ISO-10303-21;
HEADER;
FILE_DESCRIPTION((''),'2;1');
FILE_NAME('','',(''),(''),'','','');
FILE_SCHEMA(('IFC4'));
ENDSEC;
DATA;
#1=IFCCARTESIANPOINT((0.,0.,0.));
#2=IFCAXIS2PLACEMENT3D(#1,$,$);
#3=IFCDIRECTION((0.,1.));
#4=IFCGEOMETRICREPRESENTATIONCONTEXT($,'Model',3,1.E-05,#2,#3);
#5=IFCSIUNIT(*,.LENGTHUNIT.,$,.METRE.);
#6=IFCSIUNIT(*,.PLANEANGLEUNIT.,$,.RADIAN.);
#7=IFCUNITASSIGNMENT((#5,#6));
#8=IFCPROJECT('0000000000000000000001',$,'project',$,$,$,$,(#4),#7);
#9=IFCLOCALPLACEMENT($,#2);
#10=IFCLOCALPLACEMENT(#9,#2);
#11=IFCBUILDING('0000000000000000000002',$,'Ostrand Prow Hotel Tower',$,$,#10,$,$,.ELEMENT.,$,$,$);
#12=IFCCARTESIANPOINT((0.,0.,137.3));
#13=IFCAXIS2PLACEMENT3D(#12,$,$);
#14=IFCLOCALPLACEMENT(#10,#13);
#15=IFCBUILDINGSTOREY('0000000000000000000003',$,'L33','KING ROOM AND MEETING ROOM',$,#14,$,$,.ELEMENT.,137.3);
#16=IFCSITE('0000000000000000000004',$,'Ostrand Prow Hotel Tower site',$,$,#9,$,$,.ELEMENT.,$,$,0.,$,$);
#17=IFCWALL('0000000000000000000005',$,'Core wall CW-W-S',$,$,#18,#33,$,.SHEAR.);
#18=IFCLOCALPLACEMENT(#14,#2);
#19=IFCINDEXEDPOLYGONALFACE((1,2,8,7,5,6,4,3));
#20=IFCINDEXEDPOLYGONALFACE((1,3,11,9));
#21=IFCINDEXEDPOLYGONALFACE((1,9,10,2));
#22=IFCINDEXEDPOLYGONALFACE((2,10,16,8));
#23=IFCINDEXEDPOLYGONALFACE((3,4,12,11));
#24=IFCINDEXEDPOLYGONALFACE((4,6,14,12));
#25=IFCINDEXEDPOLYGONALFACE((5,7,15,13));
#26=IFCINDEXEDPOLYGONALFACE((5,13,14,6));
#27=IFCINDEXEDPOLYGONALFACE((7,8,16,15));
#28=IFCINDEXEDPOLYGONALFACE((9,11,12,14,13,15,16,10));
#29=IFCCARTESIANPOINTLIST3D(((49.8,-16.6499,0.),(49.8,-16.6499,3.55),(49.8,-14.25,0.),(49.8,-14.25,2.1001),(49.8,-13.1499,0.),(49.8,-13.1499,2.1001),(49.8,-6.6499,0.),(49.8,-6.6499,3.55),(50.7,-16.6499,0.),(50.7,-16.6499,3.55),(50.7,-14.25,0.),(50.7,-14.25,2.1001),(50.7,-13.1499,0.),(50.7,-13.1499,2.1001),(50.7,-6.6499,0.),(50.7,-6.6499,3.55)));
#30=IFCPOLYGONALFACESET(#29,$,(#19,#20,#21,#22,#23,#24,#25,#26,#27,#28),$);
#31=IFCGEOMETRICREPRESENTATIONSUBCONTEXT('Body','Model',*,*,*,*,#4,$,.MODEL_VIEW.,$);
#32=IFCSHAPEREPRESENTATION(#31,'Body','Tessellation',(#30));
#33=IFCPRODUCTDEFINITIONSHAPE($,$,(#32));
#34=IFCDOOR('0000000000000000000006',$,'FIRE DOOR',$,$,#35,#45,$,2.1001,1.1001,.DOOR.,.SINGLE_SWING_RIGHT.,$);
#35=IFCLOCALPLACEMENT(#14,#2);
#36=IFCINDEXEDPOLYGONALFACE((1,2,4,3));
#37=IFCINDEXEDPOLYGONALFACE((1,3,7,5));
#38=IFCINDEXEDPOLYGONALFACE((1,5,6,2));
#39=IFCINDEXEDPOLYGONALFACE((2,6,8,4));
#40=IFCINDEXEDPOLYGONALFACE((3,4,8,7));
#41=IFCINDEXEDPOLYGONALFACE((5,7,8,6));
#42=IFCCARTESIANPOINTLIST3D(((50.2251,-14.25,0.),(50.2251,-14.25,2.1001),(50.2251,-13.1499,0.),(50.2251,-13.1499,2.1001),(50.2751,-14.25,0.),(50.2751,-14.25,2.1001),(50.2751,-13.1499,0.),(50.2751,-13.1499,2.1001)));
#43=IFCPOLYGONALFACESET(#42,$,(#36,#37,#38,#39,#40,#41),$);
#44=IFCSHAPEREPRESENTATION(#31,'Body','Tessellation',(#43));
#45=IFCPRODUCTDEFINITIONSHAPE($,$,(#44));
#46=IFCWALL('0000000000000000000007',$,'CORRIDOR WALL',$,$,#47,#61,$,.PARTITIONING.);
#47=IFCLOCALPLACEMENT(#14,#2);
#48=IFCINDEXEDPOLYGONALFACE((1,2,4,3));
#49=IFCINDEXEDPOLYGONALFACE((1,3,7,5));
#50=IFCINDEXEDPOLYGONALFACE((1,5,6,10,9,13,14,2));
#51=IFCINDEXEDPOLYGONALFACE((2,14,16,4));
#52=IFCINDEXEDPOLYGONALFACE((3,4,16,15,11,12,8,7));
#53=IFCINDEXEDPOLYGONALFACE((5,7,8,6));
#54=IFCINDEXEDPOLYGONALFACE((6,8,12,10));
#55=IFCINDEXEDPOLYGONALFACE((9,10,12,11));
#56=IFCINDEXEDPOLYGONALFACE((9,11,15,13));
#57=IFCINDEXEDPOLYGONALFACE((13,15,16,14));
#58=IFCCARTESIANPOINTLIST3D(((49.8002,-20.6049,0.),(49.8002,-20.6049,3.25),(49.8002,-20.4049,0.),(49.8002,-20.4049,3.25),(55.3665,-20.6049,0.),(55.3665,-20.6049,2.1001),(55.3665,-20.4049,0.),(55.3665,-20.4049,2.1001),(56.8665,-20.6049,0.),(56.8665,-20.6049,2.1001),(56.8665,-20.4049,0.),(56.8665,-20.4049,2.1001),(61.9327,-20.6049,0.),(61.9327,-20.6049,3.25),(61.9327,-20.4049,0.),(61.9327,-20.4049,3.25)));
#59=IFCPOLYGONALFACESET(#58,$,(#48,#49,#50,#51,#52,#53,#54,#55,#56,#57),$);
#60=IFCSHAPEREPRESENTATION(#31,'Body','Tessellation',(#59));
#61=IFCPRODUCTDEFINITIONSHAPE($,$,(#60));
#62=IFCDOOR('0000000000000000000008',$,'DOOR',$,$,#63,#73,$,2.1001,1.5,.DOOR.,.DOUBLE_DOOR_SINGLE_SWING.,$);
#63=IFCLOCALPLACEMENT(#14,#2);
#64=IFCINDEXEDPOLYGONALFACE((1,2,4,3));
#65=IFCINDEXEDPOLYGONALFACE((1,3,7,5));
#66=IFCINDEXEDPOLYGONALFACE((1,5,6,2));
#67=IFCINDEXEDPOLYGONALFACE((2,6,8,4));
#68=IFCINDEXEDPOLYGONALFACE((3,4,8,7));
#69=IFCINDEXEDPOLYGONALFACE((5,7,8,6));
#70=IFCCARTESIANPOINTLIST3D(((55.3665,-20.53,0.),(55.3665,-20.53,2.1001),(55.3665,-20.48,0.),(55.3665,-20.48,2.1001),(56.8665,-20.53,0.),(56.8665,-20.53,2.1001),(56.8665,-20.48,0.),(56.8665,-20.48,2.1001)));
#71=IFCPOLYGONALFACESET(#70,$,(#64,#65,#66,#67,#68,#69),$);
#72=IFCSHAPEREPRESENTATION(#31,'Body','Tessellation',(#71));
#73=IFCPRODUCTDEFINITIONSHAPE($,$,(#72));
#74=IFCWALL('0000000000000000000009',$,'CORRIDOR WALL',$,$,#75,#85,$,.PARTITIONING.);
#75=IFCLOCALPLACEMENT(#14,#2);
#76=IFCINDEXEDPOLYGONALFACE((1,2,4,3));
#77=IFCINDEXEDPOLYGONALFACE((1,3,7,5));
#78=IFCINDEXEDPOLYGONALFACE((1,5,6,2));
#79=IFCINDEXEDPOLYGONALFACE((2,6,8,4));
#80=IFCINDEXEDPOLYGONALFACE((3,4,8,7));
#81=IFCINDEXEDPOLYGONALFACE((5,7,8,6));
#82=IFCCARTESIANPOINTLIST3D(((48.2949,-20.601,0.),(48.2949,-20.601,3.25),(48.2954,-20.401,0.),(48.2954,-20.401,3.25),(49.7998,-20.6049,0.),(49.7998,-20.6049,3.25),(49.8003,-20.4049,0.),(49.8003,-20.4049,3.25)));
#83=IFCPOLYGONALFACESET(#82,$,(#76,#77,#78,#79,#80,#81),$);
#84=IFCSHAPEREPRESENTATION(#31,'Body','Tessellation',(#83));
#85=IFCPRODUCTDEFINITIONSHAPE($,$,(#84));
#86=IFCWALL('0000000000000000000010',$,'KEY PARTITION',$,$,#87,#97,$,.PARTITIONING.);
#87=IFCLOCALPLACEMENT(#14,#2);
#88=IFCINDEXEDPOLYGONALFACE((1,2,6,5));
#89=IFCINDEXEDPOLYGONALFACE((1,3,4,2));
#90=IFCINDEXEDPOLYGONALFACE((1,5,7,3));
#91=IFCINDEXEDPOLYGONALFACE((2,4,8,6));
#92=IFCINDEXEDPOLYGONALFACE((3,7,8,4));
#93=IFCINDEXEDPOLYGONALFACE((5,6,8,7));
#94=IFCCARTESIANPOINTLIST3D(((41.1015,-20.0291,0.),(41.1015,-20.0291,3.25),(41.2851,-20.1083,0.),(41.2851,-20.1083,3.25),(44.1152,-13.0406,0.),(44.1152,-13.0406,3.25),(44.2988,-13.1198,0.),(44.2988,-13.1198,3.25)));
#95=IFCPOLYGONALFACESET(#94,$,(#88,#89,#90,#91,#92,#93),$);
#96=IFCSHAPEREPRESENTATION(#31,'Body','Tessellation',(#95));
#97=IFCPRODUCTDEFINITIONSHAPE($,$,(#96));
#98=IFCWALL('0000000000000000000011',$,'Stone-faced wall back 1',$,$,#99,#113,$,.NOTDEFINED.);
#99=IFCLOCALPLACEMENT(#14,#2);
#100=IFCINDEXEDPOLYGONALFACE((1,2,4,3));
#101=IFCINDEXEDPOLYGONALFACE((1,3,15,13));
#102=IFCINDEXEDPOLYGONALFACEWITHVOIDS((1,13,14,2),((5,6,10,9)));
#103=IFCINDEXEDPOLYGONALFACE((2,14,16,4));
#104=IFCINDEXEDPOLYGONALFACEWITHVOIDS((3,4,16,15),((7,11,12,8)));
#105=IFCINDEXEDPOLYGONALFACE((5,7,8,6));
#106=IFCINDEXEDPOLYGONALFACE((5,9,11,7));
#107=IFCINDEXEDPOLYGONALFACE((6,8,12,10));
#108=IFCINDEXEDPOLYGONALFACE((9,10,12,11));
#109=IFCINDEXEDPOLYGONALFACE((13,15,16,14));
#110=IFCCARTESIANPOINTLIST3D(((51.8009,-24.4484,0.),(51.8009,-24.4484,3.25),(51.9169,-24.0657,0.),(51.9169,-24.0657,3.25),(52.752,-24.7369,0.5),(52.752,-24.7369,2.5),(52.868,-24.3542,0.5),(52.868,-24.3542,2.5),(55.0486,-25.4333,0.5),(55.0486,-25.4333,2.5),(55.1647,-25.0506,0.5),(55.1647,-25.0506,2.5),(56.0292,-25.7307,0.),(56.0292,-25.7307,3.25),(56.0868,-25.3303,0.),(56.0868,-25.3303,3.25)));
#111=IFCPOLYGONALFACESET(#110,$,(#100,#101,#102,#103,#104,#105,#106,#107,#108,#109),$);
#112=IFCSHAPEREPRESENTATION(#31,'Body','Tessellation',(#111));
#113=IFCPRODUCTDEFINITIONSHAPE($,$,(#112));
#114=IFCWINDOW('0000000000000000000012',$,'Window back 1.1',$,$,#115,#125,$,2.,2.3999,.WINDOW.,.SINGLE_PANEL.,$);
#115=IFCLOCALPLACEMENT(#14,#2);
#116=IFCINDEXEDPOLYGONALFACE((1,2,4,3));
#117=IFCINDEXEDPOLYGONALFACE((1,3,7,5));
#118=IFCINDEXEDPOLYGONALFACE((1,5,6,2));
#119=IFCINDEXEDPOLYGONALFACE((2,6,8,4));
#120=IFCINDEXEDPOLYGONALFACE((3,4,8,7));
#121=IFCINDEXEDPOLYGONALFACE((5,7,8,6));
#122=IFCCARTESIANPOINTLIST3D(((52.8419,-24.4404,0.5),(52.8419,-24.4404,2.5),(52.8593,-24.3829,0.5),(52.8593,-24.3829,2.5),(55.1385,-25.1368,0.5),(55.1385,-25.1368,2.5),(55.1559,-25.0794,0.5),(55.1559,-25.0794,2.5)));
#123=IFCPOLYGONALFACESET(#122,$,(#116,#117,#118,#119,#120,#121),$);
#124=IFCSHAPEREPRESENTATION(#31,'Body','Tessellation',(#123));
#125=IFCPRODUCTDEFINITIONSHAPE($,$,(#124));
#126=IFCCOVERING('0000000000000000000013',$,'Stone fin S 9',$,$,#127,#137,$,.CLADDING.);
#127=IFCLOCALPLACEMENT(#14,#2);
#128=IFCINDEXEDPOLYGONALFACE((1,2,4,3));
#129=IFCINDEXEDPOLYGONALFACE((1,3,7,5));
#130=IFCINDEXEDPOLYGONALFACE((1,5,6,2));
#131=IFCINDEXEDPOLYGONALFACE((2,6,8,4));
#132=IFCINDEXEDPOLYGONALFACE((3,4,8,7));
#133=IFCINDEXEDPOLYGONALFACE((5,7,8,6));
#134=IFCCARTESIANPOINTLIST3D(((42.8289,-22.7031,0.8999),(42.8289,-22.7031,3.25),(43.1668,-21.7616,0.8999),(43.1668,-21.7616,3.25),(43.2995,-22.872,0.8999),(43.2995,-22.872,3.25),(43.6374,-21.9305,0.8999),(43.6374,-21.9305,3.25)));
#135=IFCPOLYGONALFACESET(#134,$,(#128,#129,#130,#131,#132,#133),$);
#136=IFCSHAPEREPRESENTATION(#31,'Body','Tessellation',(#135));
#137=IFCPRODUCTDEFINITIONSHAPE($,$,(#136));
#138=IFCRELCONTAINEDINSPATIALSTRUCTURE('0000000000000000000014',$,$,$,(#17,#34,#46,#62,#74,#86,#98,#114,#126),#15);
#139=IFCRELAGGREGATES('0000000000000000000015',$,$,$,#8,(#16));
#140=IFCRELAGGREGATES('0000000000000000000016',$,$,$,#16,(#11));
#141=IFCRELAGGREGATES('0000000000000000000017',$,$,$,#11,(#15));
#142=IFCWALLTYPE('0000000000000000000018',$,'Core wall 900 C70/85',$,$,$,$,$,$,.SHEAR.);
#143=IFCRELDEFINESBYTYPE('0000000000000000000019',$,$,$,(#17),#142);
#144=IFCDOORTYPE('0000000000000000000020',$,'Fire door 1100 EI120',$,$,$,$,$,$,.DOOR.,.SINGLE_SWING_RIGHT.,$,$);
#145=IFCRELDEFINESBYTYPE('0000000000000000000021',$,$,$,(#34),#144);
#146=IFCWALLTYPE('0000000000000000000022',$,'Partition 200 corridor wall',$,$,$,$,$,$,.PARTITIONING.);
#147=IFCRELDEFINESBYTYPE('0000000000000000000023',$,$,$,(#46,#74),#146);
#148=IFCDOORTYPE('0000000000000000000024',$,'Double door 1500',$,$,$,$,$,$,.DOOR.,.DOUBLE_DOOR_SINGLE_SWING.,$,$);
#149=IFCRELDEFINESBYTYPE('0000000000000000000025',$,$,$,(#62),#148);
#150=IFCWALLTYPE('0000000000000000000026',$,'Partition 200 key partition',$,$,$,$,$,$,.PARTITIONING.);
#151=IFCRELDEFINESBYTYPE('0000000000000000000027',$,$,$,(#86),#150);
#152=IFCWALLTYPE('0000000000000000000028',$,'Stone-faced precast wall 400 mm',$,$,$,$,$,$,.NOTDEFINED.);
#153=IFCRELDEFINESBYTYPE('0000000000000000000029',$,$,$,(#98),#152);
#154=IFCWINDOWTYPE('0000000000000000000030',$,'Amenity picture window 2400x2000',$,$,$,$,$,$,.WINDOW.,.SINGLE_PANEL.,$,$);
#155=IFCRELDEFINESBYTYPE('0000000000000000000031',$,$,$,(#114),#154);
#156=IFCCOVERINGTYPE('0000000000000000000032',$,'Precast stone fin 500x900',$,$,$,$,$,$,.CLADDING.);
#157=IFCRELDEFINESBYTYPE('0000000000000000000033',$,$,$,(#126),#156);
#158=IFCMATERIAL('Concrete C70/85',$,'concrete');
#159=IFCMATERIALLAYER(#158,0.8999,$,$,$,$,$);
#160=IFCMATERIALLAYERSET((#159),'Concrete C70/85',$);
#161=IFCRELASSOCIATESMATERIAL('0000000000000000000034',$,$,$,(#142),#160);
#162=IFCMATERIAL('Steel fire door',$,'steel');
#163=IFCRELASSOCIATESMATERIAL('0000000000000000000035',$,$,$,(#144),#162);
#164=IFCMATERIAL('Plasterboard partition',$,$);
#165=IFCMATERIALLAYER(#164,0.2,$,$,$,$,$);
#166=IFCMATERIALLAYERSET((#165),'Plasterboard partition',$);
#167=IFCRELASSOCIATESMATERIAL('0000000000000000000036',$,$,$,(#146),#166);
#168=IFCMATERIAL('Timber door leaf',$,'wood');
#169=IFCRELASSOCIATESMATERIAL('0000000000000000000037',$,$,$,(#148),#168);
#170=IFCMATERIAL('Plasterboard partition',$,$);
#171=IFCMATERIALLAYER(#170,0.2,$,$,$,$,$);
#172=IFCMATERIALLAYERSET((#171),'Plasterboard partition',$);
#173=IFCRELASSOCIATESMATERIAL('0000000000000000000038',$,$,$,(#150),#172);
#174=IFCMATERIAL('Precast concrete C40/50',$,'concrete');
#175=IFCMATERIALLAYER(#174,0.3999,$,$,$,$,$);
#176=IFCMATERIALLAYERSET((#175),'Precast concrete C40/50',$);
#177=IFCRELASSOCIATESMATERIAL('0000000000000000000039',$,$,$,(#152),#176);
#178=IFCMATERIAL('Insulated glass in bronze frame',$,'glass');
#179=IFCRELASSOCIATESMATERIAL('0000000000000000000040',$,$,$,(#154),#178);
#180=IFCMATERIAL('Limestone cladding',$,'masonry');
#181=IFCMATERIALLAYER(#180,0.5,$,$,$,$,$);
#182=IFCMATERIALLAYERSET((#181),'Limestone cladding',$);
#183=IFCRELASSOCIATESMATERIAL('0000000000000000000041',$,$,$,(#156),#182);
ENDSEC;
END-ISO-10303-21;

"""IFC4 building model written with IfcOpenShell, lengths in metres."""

from ifc_helpers import new_model, si_unit, direction, frame, frame_2d, origin, place, context, subcontext, project, spatial, polyline, rectangle, outline, extrude, material, layer, layer_set, type_object, element, fill, save


model = new_model("IFC4")

# Units and contexts
model_context = context("Model", 3, precision=1e-05, world=origin(), true_north=direction((0.0, 1.0)))
body_context = subcontext(model_context, "Body", "Model", "MODEL_VIEW")
ifc_project = project(units=[si_unit("LENGTHUNIT", "METRE"), si_unit("PLANEANGLEUNIT", "RADIAN")], contexts=[model_context])

# Site, building, storey
site_placement = place(None, origin())
site = spatial("IfcSite", under=ifc_project, at=site_placement, Name="Ostrand Prow Hotel Tower site", CompositionType="ELEMENT", RefElevation=0.0)
building_placement = place(site_placement, origin())
building = spatial("IfcBuilding", under=site, at=building_placement, Name="Ostrand Prow Hotel Tower", CompositionType="ELEMENT")
storey_placement = place(building_placement, frame((0.0, 0.0, 137.3)))
storey = spatial("IfcBuildingStorey", under=building, at=storey_placement, Name="L33", Description="KING ROOM AND MEETING ROOM", CompositionType="ELEMENT", Elevation=137.3)

# Walls, openings, doors
ifc_material_1 = material(Name="Concrete C70/85", Category="concrete")
ifc_layer_1 = layer(ifc_material_1, 0.8999)
ifc_layer_set_1 = layer_set([ifc_layer_1], Name="Concrete C70/85")
wall_type_1 = type_object("IfcWallType", Name="Core wall 900 C70/85", PredefinedType="SHEAR", material=ifc_layer_set_1)
wall_1_placement = place(storey_placement, frame((50.25, -16.6499, 0.0), z_axis=(0.0, 0.0, 1.0), x_axis=(0.0, 1.0, 0.0)))
wall_1 = element("IfcWall", 1, at=wall_1_placement, inside=storey, type_object=wall_type_1, Name="Core wall CW-W-S", PredefinedType="SHEAR", context=body_context, shape_type="SweptSolid", body=[
    extrude(rectangle(XDim=10.0, YDim=0.8999, at=frame_2d((5.0, 0.0))), origin(), (0.0, 0.0, 1.0), 3.55),
])
opening_1_placement = place(wall_1_placement, frame((2.3999, 0.0, 0.0)))
opening_1 = element("IfcOpeningElement", 2, at=opening_1_placement, cuts=wall_1, PredefinedType="OPENING", context=body_context, shape_type="SweptSolid", body=[
    extrude(rectangle(XDim=1.1001, YDim=2.1001, at=frame_2d((0.55, 1.05))), frame((0.0, 0.46, 0.0), z_axis=(0.0, -1.0, 0.0), x_axis=(1.0, 0.0, 0.0)), (0.0, 0.0, 1.0), 0.9199),
])
ifc_material_2 = material(Name="Steel fire door", Category="steel")
door_type_1 = type_object("IfcDoorType", Name="Fire door 1100 EI120", OperationType="SINGLE_SWING_RIGHT", PredefinedType="DOOR", material=ifc_material_2)
door_1_placement = place(opening_1_placement, origin())
door_1 = element("IfcDoor", 3, at=door_1_placement, inside=storey, type_object=door_type_1, Name="FIRE DOOR", OperationType="SINGLE_SWING_RIGHT", OverallHeight=2.1001, OverallWidth=1.1001, PredefinedType="DOOR", context=body_context, shape_type="SweptSolid", body=[
    extrude(rectangle(XDim=1.1001, YDim=2.1001, at=frame_2d((0.55, 1.05))), frame((0.0, 0.0249, 0.0), z_axis=(0.0, -1.0, 0.0), x_axis=(1.0, 0.0, 0.0)), (0.0, 0.0, 1.0), 0.05),
])
fill(opening_1, door_1)
ifc_material_3 = material(Name="Plasterboard partition")
ifc_layer_2 = layer(ifc_material_3, 0.2)
ifc_layer_set_2 = layer_set([ifc_layer_2], Name="Plasterboard partition")
wall_type_2 = type_object("IfcWallType", Name="Partition 200 corridor wall", PredefinedType="PARTITIONING", material=ifc_layer_set_2)
wall_2_placement = place(storey_placement, frame((49.8, -20.5049, 0.0), z_axis=(0.0, 0.0, 1.0), x_axis=(1.0, 0.0, 0.0)))
wall_2 = element("IfcWall", 4, at=wall_2_placement, inside=storey, type_object=wall_type_2, Name="CORRIDOR WALL", PredefinedType="PARTITIONING", context=body_context, shape_type="SweptSolid", body=[
    extrude(rectangle(XDim=12.1326, YDim=0.2, at=frame_2d((6.0664, 0.0))), origin(), (0.0, 0.0, 1.0), 3.25),
])
opening_2_placement = place(wall_2_placement, frame((5.5664, 0.0, 0.0)))
opening_2 = element("IfcOpeningElement", 5, at=opening_2_placement, cuts=wall_2, PredefinedType="OPENING", context=body_context, shape_type="SweptSolid", body=[
    extrude(rectangle(XDim=1.5, YDim=2.1001, at=frame_2d((0.75, 1.05))), frame((0.0, 0.1099, 0.0), z_axis=(0.0, -1.0, 0.0), x_axis=(1.0, 0.0, 0.0)), (0.0, 0.0, 1.0), 0.22),
])
ifc_material_4 = material(Name="Timber door leaf", Category="wood")
door_type_2 = type_object("IfcDoorType", Name="Double door 1500", OperationType="DOUBLE_DOOR_SINGLE_SWING", PredefinedType="DOOR", material=ifc_material_4)
door_2_placement = place(opening_2_placement, origin())
door_2 = element("IfcDoor", 6, at=door_2_placement, inside=storey, type_object=door_type_2, Name="DOOR", OperationType="DOUBLE_DOOR_SINGLE_SWING", OverallHeight=2.1001, OverallWidth=1.5, PredefinedType="DOOR", context=body_context, shape_type="SweptSolid", body=[
    extrude(rectangle(XDim=1.5, YDim=2.1001, at=frame_2d((0.75, 1.05))), frame((0.0, 0.0249, 0.0), z_axis=(0.0, -1.0, 0.0), x_axis=(1.0, 0.0, 0.0)), (0.0, 0.0, 1.0), 0.05),
])
fill(opening_2, door_2)

# Walls
wall_3_placement = place(storey_placement, frame((48.2952, -20.501, 0.0), z_axis=(0.0, 0.0, 1.0), x_axis=(0.999997, -0.002596, 0.0)))
element("IfcWall", 7, at=wall_3_placement, inside=storey, type_object=wall_type_2, Name="CORRIDOR WALL", PredefinedType="PARTITIONING", context=body_context, shape_type="SweptSolid", body=[
    extrude(rectangle(XDim=1.5049, YDim=0.2, at=frame_2d((0.7524, 0.0))), origin(), (0.0, 0.0, 1.0), 3.25),
])
ifc_material_5 = material(Name="Plasterboard partition")
ifc_layer_3 = layer(ifc_material_5, 0.2)
ifc_layer_set_3 = layer_set([ifc_layer_3], Name="Plasterboard partition")
wall_type_3 = type_object("IfcWallType", Name="Partition 200 key partition", PredefinedType="PARTITIONING", material=ifc_layer_set_3)
wall_4_placement = place(storey_placement, frame((41.1934, -20.0686, 0.0), z_axis=(0.0, 0.0, 1.0), x_axis=(0.395982, 0.918258, 0.0)))
element("IfcWall", 8, at=wall_4_placement, inside=storey, type_object=wall_type_3, Name="KEY PARTITION", PredefinedType="PARTITIONING", context=body_context, shape_type="SweptSolid", body=[
    extrude(rectangle(XDim=7.6106, YDim=0.2, at=frame_2d((3.8052, 0.0))), origin(), (0.0, 0.0, 1.0), 3.25),
])

# Wall, opening, window
ifc_material_6 = material(Name="Precast concrete C40/50", Category="concrete")
ifc_layer_4 = layer(ifc_material_6, 0.3999)
ifc_layer_set_4 = layer_set([ifc_layer_4], Name="Precast concrete C40/50")
wall_type_4 = type_object("IfcWallType", Name="Stone-faced precast wall 400 mm", PredefinedType="NOTDEFINED", material=ifc_layer_set_4)
wall_5_placement = place(storey_placement, frame((51.8589, -24.2571, 0.0), z_axis=(0.0, 0.0, 1.0), x_axis=(0.956964, -0.290205, 0.0)))
wall_5 = element("IfcWall", 9, at=wall_5_placement, inside=storey, type_object=wall_type_4, Name="Stone-faced wall back 1", PredefinedType="NOTDEFINED", context=body_context, shape_type="SweptSolid", body=[
    extrude(outline(polyline([(0.0, -0.2), (4.4185, -0.2), (4.3574, 0.2), (0.0, 0.2), (0.0, -0.2)])), origin(), (0.0, 0.0, 1.0), 3.25),
])
opening_3_placement = place(wall_5_placement, frame((0.9939, 0.0, 0.5)))
opening_3 = element("IfcOpeningElement", 10, at=opening_3_placement, cuts=wall_5, PredefinedType="OPENING", context=body_context, shape_type="SweptSolid", body=[
    extrude(rectangle(XDim=2.3999, YDim=2.0, at=frame_2d((1.2, 1.0))), frame((0.0, 0.21, 0.0), z_axis=(0.0, -1.0, 0.0), x_axis=(1.0, 0.0, 0.0)), (0.0, 0.0, 1.0), 0.4199),
])
ifc_material_7 = material(Name="Insulated glass in bronze frame", Category="glass")
window_type = type_object("IfcWindowType", Name="Amenity picture window 2400x2000", PartitioningType="SINGLE_PANEL", PredefinedType="WINDOW", material=ifc_material_7)
window_placement = place(opening_3_placement, origin())
window = element("IfcWindow", 11, at=window_placement, inside=storey, type_object=window_type, Name="Window back 1.1", OverallHeight=2.0, OverallWidth=2.3999, PartitioningType="SINGLE_PANEL", PredefinedType="WINDOW", context=body_context, shape_type="SweptSolid", body=[
    extrude(rectangle(XDim=2.3999, YDim=2.0, at=frame_2d((1.2, 1.0))), frame((0.0, 0.1699, 0.0), z_axis=(0.0, -1.0, 0.0), x_axis=(1.0, 0.0, 0.0)), (0.0, 0.0, 1.0), 0.0601),
])
fill(opening_3, window)

# Covering
ifc_material_8 = material(Name="Limestone cladding", Category="masonry")
ifc_layer_5 = layer(ifc_material_8, 0.5)
ifc_layer_set_5 = layer_set([ifc_layer_5], Name="Limestone cladding")
covering_type = type_object("IfcCoveringType", Name="Precast stone fin 500x900", PredefinedType="CLADDING", material=ifc_layer_set_5)
covering_placement = place(storey_placement, frame((43.4021, -21.8462, 0.8999), z_axis=(0.0, 0.0, 1.0), x_axis=(-0.33782, -0.941211, 0.0)))
element("IfcCovering", 12, at=covering_placement, inside=storey, type_object=covering_type, Name="Stone fin S 9", PredefinedType="CLADDING", context=body_context, shape_type="SweptSolid", body=[
    extrude(rectangle(XDim=1.0002, YDim=0.5, at=frame_2d((0.5, 0.0))), origin(), (0.0, 0.0, 1.0), 2.3501),
])

save(model, "model.ifc")
